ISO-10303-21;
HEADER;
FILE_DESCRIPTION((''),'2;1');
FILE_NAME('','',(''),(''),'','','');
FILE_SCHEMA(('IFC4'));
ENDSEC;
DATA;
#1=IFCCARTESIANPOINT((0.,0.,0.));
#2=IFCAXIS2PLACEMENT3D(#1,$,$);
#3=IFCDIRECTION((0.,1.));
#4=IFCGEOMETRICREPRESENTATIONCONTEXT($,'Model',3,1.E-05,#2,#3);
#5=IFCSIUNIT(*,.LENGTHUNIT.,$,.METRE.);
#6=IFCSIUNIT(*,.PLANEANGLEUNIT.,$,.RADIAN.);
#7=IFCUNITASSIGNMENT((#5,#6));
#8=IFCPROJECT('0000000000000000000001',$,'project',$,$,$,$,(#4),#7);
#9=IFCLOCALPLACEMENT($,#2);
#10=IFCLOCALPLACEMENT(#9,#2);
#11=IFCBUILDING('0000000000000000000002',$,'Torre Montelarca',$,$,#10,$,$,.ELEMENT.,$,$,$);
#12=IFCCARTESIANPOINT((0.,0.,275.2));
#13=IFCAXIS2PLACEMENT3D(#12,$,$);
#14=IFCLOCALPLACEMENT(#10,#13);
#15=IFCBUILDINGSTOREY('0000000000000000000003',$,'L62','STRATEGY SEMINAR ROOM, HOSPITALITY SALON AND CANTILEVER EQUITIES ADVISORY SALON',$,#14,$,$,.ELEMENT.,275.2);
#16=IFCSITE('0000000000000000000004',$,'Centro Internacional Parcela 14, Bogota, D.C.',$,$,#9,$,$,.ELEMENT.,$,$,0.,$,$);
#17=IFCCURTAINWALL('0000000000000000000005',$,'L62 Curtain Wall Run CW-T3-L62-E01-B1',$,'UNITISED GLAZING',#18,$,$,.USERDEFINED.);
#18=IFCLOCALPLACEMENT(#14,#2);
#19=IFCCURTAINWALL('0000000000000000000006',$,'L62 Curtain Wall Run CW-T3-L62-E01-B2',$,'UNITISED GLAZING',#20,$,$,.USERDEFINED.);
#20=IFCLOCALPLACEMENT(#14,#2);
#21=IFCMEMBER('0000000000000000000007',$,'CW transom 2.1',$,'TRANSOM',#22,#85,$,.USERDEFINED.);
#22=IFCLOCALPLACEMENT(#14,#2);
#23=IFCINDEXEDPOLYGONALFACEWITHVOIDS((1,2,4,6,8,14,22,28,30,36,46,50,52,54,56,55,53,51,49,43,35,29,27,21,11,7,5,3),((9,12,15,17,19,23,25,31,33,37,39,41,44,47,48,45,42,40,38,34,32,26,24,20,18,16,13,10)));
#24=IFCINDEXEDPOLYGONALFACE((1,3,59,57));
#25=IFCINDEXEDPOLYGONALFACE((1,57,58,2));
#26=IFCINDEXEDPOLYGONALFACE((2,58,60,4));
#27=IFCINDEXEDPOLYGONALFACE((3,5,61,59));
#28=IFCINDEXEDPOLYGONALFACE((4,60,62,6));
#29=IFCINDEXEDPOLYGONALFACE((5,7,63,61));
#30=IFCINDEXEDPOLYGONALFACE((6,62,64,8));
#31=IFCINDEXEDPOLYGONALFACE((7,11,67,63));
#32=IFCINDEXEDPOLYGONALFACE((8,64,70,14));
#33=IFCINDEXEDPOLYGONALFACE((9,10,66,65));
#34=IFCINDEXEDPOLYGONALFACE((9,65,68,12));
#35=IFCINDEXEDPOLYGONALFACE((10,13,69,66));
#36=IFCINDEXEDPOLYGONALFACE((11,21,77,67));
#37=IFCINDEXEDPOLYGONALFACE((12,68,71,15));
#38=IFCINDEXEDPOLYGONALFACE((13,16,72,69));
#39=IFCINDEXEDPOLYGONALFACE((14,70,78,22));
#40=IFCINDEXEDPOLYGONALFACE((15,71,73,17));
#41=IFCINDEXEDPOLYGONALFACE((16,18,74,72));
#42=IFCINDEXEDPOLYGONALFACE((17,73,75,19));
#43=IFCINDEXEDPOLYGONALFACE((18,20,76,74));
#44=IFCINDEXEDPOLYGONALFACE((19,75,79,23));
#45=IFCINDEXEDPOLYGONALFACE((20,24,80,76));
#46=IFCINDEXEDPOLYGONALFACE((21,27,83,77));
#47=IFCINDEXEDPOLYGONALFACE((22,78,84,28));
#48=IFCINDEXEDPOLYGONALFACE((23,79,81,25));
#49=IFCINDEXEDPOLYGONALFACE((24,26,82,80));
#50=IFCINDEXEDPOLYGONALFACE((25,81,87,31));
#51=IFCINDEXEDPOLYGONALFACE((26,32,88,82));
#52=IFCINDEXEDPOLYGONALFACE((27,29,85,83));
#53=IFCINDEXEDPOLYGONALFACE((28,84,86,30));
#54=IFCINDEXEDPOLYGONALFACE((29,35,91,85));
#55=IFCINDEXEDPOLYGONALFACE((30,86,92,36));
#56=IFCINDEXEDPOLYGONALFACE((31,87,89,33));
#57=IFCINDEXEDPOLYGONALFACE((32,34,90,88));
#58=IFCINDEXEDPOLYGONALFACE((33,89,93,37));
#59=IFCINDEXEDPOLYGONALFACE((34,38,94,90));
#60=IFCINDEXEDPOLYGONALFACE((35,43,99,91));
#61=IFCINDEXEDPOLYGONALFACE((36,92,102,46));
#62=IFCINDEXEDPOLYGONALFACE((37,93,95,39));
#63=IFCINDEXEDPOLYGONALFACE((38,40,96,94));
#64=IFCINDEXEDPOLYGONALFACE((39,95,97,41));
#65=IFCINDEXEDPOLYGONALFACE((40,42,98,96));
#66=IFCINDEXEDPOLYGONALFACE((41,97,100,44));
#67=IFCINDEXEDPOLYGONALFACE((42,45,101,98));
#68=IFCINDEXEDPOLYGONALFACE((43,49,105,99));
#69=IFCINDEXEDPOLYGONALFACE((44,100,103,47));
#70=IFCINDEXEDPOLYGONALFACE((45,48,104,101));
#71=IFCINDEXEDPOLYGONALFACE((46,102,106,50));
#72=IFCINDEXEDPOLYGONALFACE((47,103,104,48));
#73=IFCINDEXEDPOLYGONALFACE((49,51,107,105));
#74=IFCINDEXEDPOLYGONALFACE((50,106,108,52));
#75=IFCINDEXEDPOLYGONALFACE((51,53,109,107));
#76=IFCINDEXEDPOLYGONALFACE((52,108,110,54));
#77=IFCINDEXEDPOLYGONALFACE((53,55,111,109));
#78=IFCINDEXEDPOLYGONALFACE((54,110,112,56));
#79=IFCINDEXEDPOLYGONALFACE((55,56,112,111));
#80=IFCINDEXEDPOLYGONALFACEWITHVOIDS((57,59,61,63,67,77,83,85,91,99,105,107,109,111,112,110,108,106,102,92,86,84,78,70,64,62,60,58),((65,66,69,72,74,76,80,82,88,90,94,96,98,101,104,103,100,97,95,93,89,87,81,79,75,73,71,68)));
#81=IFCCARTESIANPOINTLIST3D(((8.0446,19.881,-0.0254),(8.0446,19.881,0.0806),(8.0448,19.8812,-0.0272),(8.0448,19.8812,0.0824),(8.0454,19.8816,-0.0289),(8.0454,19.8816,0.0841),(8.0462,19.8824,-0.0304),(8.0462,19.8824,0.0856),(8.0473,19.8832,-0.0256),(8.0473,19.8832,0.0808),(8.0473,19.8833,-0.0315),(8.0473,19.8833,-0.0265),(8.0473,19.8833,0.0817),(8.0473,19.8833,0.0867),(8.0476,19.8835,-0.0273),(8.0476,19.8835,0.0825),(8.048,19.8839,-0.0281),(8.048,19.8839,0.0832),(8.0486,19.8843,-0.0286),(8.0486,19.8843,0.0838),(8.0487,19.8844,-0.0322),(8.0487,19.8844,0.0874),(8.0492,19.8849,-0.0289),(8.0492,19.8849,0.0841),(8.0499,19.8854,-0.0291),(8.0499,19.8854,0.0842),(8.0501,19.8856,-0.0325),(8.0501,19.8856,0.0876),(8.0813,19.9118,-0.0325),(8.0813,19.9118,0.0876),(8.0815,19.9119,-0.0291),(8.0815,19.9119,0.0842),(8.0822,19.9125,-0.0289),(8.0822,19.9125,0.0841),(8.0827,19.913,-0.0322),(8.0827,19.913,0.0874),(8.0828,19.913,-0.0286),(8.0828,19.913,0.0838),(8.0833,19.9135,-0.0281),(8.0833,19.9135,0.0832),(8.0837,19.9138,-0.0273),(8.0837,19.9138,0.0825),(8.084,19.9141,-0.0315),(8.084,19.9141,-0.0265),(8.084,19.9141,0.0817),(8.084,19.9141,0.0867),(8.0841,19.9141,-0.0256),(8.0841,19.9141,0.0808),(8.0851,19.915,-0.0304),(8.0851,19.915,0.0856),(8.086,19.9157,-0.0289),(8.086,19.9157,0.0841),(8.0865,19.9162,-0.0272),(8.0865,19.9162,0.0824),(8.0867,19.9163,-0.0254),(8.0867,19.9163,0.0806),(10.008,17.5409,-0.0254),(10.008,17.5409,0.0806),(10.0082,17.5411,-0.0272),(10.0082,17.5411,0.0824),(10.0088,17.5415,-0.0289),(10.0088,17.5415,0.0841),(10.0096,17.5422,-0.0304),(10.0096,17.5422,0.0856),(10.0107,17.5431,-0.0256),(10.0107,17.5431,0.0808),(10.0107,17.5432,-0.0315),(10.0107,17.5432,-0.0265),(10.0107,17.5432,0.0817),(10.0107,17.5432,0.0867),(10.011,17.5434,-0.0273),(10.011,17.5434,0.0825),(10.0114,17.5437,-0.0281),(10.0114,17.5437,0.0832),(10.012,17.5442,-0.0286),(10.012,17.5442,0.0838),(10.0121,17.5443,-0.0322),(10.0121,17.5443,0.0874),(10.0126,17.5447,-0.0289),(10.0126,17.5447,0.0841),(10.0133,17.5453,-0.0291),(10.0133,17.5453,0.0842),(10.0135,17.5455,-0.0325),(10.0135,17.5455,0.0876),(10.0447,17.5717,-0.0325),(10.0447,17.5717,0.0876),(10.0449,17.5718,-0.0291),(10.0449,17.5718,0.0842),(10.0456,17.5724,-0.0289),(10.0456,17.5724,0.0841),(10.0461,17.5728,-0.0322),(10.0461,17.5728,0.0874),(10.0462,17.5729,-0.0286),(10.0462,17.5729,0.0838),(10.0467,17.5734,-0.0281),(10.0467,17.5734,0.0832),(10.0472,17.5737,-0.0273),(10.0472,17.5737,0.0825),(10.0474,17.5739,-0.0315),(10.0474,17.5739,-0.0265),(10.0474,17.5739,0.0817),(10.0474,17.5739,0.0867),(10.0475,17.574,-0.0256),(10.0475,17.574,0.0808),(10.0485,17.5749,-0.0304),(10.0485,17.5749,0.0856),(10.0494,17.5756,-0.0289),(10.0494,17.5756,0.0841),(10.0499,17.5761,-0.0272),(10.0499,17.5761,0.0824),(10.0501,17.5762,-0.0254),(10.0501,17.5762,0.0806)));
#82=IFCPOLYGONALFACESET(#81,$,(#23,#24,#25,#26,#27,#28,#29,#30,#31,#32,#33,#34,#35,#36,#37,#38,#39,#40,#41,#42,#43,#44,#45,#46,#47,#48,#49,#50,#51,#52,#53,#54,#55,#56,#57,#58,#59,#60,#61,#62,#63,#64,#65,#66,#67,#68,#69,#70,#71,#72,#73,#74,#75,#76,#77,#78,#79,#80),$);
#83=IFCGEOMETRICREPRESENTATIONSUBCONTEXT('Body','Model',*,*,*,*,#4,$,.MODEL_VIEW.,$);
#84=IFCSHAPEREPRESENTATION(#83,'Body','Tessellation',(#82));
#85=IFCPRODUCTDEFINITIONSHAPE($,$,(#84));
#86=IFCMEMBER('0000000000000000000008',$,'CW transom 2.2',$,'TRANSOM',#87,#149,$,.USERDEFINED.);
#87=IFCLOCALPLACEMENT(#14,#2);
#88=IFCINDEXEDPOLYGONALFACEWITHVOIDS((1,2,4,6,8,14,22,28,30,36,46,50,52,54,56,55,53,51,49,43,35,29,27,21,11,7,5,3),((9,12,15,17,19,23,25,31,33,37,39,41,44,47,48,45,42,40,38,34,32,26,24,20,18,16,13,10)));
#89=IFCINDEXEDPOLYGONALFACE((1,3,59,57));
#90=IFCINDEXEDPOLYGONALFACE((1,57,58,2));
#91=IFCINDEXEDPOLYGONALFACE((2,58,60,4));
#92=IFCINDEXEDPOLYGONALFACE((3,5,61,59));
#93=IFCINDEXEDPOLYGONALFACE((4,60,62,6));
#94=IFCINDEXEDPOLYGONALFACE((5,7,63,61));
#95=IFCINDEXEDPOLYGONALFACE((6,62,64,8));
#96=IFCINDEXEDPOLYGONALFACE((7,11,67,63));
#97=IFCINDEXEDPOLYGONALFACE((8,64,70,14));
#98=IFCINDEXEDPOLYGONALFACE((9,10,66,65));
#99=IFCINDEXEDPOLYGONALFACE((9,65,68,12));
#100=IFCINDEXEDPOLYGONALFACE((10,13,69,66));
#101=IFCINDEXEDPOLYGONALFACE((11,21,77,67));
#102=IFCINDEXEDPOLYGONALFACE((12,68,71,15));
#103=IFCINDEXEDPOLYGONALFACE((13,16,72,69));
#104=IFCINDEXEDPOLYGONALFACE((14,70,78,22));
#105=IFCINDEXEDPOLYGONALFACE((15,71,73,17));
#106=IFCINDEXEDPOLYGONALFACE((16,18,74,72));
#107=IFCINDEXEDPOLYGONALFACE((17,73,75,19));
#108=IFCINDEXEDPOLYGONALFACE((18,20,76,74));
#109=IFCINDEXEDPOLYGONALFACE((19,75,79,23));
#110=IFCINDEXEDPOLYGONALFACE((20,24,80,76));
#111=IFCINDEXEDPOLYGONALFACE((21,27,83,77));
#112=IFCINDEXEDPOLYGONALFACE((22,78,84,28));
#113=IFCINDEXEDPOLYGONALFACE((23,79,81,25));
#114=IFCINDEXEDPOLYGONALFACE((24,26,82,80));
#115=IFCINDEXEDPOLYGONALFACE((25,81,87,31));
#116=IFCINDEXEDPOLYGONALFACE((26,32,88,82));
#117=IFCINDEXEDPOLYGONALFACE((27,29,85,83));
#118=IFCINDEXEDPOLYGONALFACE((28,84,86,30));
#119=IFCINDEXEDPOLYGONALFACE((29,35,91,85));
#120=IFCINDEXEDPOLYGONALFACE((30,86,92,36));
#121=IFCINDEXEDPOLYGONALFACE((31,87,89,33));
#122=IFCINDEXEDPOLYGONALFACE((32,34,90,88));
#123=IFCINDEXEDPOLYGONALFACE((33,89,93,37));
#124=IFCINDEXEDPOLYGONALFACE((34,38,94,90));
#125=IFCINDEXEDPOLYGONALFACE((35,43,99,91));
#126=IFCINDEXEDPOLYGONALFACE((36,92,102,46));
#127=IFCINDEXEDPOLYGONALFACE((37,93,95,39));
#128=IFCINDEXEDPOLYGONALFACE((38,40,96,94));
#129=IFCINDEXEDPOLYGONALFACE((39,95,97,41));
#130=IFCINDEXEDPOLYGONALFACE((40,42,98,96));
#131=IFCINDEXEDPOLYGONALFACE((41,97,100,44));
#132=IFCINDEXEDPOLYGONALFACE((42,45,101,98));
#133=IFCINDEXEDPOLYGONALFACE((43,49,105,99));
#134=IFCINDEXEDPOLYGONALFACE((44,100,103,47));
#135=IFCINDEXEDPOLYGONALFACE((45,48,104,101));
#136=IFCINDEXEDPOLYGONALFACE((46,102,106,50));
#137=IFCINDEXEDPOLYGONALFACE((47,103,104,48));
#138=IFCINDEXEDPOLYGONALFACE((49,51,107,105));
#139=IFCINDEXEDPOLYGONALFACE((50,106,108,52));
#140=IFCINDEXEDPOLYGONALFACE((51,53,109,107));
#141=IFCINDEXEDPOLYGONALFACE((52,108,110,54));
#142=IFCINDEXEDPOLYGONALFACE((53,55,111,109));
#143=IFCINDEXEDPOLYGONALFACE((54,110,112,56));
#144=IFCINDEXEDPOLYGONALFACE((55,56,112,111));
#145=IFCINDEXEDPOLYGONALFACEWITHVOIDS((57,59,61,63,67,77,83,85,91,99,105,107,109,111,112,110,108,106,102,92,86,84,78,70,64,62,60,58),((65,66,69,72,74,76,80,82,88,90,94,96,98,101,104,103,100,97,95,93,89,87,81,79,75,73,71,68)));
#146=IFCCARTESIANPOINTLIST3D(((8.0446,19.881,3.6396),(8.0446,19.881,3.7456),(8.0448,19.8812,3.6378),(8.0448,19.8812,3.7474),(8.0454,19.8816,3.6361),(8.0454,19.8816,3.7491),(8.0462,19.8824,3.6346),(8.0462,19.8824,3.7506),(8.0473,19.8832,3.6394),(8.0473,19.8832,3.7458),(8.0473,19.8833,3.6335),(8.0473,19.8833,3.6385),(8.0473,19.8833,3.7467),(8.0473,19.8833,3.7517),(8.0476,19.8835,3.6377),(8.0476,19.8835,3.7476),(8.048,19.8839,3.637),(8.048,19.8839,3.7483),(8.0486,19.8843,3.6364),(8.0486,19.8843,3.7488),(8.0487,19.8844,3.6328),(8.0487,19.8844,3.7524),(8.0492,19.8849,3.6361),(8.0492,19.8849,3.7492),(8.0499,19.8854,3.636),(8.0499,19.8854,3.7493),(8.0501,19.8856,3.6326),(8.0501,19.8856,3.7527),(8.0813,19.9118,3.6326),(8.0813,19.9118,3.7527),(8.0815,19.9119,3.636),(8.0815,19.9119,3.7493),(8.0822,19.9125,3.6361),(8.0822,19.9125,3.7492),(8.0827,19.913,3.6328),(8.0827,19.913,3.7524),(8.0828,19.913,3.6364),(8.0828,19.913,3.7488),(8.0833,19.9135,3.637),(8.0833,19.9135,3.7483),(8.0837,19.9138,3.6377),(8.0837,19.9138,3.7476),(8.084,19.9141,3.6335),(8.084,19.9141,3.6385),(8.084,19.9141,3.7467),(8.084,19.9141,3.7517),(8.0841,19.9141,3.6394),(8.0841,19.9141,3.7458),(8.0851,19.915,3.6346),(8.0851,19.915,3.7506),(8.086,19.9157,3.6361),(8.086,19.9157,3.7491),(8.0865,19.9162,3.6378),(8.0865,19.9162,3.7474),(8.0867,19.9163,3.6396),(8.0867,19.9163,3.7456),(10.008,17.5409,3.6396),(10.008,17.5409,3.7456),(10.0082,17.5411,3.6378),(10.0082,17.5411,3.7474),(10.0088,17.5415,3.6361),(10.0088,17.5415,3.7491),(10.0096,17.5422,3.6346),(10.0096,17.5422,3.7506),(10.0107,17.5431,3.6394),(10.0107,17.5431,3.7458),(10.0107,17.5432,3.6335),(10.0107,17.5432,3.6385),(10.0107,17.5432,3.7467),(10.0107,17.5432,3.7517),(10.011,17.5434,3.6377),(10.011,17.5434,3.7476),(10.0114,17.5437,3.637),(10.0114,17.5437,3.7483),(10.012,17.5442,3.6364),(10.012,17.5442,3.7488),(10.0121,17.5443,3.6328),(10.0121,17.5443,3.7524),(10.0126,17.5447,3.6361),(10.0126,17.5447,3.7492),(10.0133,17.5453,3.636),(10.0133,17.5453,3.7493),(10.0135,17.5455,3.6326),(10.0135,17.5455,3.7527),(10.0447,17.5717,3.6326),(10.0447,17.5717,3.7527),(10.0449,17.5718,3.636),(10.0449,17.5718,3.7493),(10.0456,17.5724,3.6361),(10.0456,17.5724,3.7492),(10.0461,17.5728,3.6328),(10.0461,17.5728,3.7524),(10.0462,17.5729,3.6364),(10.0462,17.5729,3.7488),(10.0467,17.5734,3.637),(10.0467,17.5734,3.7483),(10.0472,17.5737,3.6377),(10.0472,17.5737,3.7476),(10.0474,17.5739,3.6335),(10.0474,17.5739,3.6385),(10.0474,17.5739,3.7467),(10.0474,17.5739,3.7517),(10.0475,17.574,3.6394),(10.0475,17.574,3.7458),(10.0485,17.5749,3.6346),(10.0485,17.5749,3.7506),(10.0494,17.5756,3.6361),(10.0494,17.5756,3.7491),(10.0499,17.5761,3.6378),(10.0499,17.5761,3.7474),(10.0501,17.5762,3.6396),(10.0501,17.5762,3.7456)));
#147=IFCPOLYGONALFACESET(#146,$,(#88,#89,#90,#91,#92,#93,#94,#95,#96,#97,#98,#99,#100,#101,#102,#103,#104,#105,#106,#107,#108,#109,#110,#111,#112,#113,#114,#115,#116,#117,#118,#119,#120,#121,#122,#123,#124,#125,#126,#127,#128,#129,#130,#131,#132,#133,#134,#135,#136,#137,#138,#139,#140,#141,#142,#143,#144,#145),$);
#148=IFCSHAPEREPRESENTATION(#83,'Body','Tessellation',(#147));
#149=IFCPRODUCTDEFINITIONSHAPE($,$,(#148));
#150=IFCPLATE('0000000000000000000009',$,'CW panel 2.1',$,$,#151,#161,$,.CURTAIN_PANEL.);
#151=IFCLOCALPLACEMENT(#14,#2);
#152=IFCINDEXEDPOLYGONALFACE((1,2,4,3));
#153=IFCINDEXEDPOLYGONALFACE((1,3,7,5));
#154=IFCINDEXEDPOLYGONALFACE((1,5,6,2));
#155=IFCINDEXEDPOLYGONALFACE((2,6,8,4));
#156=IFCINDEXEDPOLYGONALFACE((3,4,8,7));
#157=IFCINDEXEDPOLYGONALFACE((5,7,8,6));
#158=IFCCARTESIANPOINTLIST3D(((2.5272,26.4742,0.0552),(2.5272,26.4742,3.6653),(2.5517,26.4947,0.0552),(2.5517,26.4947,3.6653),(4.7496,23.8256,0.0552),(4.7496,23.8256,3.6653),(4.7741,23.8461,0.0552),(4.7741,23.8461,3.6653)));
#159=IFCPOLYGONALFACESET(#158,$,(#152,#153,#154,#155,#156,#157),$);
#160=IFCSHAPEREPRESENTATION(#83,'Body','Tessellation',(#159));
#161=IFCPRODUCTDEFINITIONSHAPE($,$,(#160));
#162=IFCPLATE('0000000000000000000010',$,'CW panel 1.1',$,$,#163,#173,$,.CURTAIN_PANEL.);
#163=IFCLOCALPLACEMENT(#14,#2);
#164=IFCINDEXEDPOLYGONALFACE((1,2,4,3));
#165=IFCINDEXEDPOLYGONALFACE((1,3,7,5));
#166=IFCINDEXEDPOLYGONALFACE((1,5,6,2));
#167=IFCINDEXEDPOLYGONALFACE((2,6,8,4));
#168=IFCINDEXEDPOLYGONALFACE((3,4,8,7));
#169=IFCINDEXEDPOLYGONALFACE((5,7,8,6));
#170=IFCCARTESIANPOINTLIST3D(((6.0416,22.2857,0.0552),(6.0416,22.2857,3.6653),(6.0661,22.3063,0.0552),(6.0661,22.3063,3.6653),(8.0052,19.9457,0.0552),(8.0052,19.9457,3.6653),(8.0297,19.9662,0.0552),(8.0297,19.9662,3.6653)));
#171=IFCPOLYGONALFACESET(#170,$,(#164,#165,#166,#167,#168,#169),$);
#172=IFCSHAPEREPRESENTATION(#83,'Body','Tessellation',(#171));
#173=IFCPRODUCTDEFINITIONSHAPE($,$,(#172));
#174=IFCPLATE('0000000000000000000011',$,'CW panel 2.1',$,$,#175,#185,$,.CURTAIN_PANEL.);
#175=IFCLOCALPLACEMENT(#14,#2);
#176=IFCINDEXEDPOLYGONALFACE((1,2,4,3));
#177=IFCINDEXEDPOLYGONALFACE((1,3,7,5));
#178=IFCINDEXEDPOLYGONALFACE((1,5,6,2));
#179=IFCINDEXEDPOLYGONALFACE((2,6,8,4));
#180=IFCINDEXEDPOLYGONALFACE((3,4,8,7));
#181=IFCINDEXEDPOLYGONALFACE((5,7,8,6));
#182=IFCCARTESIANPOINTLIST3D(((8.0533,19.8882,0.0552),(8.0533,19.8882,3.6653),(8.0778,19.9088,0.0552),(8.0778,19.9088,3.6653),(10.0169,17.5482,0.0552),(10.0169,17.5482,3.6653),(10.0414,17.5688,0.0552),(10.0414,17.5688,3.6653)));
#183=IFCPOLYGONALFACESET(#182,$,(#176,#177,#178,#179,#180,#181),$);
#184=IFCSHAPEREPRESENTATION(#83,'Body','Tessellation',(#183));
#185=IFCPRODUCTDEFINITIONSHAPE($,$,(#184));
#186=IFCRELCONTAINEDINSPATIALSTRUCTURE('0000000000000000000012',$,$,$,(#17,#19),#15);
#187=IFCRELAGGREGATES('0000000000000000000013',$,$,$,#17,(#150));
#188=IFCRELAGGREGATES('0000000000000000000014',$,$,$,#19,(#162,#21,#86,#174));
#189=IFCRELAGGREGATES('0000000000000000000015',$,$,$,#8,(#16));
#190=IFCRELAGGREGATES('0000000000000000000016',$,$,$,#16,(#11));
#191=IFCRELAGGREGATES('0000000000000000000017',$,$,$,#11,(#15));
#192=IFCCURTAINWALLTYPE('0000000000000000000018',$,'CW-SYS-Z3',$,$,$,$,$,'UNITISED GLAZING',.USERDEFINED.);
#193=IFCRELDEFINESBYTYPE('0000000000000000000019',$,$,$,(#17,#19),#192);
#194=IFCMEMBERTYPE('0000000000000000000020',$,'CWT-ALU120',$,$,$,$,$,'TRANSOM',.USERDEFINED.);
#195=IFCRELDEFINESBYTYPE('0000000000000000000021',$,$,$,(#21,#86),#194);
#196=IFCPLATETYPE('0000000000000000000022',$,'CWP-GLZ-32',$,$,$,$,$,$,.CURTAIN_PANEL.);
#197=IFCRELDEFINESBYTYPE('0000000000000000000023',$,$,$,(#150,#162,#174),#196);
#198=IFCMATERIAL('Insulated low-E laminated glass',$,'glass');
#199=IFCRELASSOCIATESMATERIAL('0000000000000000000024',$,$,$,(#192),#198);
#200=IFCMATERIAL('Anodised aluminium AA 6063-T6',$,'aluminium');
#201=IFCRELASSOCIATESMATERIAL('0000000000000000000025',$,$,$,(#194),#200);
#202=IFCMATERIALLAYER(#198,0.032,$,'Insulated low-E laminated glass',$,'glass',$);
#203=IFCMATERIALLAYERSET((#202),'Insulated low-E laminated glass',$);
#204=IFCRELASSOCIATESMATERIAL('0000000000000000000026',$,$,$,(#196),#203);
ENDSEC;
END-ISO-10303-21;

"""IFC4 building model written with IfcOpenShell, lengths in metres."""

from ifc_helpers import new_model, si_unit, direction, frame, origin, origin_2d, place, context, subcontext, project, spatial, rectangle, hollow_rectangle, extrude, source, transform, mapped, material, layer, layer_set, material_profile, profile_set, type_object, element, aggregate, save


model = new_model("IFC4")

# Units and contexts
model_context = context("Model", 3, precision=1e-05, world=origin(), true_north=direction((0.0, 1.0)))
body_context = subcontext(model_context, "Body", "Model", "MODEL_VIEW")
ifc_project = project(units=[si_unit("LENGTHUNIT", "METRE"), si_unit("PLANEANGLEUNIT", "RADIAN")], contexts=[model_context])

# Site, building, storey
site_placement = place(None, origin())
site = spatial("IfcSite", under=ifc_project, at=site_placement, Name="Centro Internacional Parcela 14, Bogota, D.C.", CompositionType="ELEMENT", RefElevation=0.0)
building_placement = place(site_placement, origin())
building = spatial("IfcBuilding", under=site, at=building_placement, Name="Torre Montelarca", CompositionType="ELEMENT")
storey_placement = place(building_placement, frame((0.0, 0.0, 275.2)))
storey = spatial("IfcBuildingStorey", under=building, at=storey_placement, Name="L62", Description="STRATEGY SEMINAR ROOM, HOSPITALITY SALON AND CANTILEVER EQUITIES ADVISORY SALON", CompositionType="ELEMENT", Elevation=275.2)

# Curtain walls
ifc_material_1 = material(Name="Insulated low-E laminated glass", Category="glass")
curtain_wall_type = type_object("IfcCurtainWallType", Name="CW-SYS-Z3", ElementType="UNITISED GLAZING", PredefinedType="USERDEFINED", material=ifc_material_1)
curtain_wall_1_placement = place(storey_placement, origin())
curtain_wall_1 = element("IfcCurtainWall", 1, at=curtain_wall_1_placement, inside=storey, type_object=curtain_wall_type, Name="L62 Curtain Wall Run CW-T3-L62-E01-B1", ObjectType="UNITISED GLAZING", PredefinedType="USERDEFINED")
ifc_material_2 = material(Name="Anodised aluminium AA 6063-T6", Category="aluminium")
curtain_wall_2_placement = place(storey_placement, origin())
curtain_wall_2 = element("IfcCurtainWall", 2, at=curtain_wall_2_placement, inside=storey, type_object=curtain_wall_type, Name="L62 Curtain Wall Run CW-T3-L62-E01-B2", ObjectType="UNITISED GLAZING", PredefinedType="USERDEFINED")

# Members
ifc_material_profile_1 = material_profile(ifc_material_2, hollow_rectangle(XDim=0.0549, YDim=0.1201, WallThickness=0.0034, InnerFilletRadius=0.0034, OuterFilletRadius=0.0071, at=origin_2d()), Name="ALU55X120X3.5", Category="aluminium")
ifc_profile_set_1 = profile_set([ifc_material_profile_1], Name="Anodised aluminium AA 6063-T6")
member_type_1 = type_object("IfcMemberType", Name="CWT-ALU120", ElementType="TRANSOM", PredefinedType="USERDEFINED", material=ifc_profile_set_1)
shared_shape_1 = source(origin(), body_context, "Body", "SweptSolid", [
    extrude(hollow_rectangle(XDim=0.0549, YDim=0.1201, WallThickness=0.0034, InnerFilletRadius=0.0034, OuterFilletRadius=0.0071, at=origin_2d()), origin(), (0.0, 0.0, 1.0), 3.0547),
])
member_1_placement = place(storey_placement, frame((8.0657, 19.8987, 0.0276), z_axis=(0.642751, -0.766075, 0.0), x_axis=(0.766075, 0.642751, 0.0)))
member_1 = element("IfcMember", 3, at=member_1_placement, type_object=member_type_1, Name="CW transom 2.1", ObjectType="TRANSOM", PredefinedType="USERDEFINED", context=body_context, shape_type="MappedRepresentation", body=[
    mapped(shared_shape_1, transform((0.0, 0.0, 0.0), scale=1.0)),
])
member_2_placement = place(storey_placement, frame((8.0657, 19.8987, 3.6926), z_axis=(0.642751, -0.766075, 0.0), x_axis=(0.766075, 0.642751, 0.0)))
member_2 = element("IfcMember", 4, at=member_2_placement, type_object=member_type_1, Name="CW transom 2.2", ObjectType="TRANSOM", PredefinedType="USERDEFINED", context=body_context, shape_type="MappedRepresentation", body=[
    mapped(shared_shape_1, transform((0.0, 0.0, 0.0), scale=1.0)),
])

# Plates
ifc_layer_1 = layer(ifc_material_1, 0.032, Name="Insulated low-E laminated glass", Category="glass")
ifc_layer_set_1 = layer_set([ifc_layer_1], Name="Insulated low-E laminated glass")
plate_type = type_object("IfcPlateType", Name="CWP-GLZ-32", PredefinedType="CURTAIN_PANEL", material=ifc_layer_set_1)
shared_shape_2 = source(origin(), body_context, "Body", "SweptSolid", [
    extrude(rectangle(XDim=3.4575, YDim=0.032, at=origin_2d()), origin(), (0.0, 0.0, 1.0), 3.6101),
])
plate_1_placement = place(storey_placement, frame((3.6506, 25.1602, 0.0552), z_axis=(0.0, 0.0, 1.0), x_axis=(0.642791, -0.766041, 0.0)))
plate_1 = element("IfcPlate", 5, at=plate_1_placement, type_object=plate_type, Name="CW panel 2.1", PredefinedType="CURTAIN_PANEL", context=body_context, shape_type="MappedRepresentation", body=[
    mapped(shared_shape_2, transform((0.0, 0.0, 0.0), scale=1.0)),
])
aggregate(curtain_wall_1, [plate_1])
shared_shape_3 = source(origin(), body_context, "Body", "SweptSolid", [
    extrude(rectangle(XDim=3.0547, YDim=0.032, at=origin_2d()), origin(), (0.0, 0.0, 1.0), 3.6101),
])
plate_2_placement = place(storey_placement, frame((7.0356, 21.126, 0.0552), z_axis=(0.0, 0.0, 1.0), x_axis=(0.642793, -0.76604, 0.0)))
plate_2 = element("IfcPlate", 6, at=plate_2_placement, type_object=plate_type, Name="CW panel 1.1", PredefinedType="CURTAIN_PANEL", context=body_context, shape_type="MappedRepresentation", body=[
    mapped(shared_shape_3, transform((0.0, 0.0, 0.0), scale=1.0)),
])
plate_3_placement = place(storey_placement, frame((9.0474, 18.7285, 0.0552), z_axis=(0.0, 0.0, 1.0), x_axis=(0.642793, -0.76604, 0.0)))
plate_3 = element("IfcPlate", 7, at=plate_3_placement, type_object=plate_type, Name="CW panel 2.1", PredefinedType="CURTAIN_PANEL", context=body_context, shape_type="MappedRepresentation", body=[
    mapped(shared_shape_3, transform((0.0, 0.0, 0.0), scale=1.0)),
])
aggregate(curtain_wall_2, [plate_2, member_1, member_2, plate_3])

save(model, "model.ifc")
